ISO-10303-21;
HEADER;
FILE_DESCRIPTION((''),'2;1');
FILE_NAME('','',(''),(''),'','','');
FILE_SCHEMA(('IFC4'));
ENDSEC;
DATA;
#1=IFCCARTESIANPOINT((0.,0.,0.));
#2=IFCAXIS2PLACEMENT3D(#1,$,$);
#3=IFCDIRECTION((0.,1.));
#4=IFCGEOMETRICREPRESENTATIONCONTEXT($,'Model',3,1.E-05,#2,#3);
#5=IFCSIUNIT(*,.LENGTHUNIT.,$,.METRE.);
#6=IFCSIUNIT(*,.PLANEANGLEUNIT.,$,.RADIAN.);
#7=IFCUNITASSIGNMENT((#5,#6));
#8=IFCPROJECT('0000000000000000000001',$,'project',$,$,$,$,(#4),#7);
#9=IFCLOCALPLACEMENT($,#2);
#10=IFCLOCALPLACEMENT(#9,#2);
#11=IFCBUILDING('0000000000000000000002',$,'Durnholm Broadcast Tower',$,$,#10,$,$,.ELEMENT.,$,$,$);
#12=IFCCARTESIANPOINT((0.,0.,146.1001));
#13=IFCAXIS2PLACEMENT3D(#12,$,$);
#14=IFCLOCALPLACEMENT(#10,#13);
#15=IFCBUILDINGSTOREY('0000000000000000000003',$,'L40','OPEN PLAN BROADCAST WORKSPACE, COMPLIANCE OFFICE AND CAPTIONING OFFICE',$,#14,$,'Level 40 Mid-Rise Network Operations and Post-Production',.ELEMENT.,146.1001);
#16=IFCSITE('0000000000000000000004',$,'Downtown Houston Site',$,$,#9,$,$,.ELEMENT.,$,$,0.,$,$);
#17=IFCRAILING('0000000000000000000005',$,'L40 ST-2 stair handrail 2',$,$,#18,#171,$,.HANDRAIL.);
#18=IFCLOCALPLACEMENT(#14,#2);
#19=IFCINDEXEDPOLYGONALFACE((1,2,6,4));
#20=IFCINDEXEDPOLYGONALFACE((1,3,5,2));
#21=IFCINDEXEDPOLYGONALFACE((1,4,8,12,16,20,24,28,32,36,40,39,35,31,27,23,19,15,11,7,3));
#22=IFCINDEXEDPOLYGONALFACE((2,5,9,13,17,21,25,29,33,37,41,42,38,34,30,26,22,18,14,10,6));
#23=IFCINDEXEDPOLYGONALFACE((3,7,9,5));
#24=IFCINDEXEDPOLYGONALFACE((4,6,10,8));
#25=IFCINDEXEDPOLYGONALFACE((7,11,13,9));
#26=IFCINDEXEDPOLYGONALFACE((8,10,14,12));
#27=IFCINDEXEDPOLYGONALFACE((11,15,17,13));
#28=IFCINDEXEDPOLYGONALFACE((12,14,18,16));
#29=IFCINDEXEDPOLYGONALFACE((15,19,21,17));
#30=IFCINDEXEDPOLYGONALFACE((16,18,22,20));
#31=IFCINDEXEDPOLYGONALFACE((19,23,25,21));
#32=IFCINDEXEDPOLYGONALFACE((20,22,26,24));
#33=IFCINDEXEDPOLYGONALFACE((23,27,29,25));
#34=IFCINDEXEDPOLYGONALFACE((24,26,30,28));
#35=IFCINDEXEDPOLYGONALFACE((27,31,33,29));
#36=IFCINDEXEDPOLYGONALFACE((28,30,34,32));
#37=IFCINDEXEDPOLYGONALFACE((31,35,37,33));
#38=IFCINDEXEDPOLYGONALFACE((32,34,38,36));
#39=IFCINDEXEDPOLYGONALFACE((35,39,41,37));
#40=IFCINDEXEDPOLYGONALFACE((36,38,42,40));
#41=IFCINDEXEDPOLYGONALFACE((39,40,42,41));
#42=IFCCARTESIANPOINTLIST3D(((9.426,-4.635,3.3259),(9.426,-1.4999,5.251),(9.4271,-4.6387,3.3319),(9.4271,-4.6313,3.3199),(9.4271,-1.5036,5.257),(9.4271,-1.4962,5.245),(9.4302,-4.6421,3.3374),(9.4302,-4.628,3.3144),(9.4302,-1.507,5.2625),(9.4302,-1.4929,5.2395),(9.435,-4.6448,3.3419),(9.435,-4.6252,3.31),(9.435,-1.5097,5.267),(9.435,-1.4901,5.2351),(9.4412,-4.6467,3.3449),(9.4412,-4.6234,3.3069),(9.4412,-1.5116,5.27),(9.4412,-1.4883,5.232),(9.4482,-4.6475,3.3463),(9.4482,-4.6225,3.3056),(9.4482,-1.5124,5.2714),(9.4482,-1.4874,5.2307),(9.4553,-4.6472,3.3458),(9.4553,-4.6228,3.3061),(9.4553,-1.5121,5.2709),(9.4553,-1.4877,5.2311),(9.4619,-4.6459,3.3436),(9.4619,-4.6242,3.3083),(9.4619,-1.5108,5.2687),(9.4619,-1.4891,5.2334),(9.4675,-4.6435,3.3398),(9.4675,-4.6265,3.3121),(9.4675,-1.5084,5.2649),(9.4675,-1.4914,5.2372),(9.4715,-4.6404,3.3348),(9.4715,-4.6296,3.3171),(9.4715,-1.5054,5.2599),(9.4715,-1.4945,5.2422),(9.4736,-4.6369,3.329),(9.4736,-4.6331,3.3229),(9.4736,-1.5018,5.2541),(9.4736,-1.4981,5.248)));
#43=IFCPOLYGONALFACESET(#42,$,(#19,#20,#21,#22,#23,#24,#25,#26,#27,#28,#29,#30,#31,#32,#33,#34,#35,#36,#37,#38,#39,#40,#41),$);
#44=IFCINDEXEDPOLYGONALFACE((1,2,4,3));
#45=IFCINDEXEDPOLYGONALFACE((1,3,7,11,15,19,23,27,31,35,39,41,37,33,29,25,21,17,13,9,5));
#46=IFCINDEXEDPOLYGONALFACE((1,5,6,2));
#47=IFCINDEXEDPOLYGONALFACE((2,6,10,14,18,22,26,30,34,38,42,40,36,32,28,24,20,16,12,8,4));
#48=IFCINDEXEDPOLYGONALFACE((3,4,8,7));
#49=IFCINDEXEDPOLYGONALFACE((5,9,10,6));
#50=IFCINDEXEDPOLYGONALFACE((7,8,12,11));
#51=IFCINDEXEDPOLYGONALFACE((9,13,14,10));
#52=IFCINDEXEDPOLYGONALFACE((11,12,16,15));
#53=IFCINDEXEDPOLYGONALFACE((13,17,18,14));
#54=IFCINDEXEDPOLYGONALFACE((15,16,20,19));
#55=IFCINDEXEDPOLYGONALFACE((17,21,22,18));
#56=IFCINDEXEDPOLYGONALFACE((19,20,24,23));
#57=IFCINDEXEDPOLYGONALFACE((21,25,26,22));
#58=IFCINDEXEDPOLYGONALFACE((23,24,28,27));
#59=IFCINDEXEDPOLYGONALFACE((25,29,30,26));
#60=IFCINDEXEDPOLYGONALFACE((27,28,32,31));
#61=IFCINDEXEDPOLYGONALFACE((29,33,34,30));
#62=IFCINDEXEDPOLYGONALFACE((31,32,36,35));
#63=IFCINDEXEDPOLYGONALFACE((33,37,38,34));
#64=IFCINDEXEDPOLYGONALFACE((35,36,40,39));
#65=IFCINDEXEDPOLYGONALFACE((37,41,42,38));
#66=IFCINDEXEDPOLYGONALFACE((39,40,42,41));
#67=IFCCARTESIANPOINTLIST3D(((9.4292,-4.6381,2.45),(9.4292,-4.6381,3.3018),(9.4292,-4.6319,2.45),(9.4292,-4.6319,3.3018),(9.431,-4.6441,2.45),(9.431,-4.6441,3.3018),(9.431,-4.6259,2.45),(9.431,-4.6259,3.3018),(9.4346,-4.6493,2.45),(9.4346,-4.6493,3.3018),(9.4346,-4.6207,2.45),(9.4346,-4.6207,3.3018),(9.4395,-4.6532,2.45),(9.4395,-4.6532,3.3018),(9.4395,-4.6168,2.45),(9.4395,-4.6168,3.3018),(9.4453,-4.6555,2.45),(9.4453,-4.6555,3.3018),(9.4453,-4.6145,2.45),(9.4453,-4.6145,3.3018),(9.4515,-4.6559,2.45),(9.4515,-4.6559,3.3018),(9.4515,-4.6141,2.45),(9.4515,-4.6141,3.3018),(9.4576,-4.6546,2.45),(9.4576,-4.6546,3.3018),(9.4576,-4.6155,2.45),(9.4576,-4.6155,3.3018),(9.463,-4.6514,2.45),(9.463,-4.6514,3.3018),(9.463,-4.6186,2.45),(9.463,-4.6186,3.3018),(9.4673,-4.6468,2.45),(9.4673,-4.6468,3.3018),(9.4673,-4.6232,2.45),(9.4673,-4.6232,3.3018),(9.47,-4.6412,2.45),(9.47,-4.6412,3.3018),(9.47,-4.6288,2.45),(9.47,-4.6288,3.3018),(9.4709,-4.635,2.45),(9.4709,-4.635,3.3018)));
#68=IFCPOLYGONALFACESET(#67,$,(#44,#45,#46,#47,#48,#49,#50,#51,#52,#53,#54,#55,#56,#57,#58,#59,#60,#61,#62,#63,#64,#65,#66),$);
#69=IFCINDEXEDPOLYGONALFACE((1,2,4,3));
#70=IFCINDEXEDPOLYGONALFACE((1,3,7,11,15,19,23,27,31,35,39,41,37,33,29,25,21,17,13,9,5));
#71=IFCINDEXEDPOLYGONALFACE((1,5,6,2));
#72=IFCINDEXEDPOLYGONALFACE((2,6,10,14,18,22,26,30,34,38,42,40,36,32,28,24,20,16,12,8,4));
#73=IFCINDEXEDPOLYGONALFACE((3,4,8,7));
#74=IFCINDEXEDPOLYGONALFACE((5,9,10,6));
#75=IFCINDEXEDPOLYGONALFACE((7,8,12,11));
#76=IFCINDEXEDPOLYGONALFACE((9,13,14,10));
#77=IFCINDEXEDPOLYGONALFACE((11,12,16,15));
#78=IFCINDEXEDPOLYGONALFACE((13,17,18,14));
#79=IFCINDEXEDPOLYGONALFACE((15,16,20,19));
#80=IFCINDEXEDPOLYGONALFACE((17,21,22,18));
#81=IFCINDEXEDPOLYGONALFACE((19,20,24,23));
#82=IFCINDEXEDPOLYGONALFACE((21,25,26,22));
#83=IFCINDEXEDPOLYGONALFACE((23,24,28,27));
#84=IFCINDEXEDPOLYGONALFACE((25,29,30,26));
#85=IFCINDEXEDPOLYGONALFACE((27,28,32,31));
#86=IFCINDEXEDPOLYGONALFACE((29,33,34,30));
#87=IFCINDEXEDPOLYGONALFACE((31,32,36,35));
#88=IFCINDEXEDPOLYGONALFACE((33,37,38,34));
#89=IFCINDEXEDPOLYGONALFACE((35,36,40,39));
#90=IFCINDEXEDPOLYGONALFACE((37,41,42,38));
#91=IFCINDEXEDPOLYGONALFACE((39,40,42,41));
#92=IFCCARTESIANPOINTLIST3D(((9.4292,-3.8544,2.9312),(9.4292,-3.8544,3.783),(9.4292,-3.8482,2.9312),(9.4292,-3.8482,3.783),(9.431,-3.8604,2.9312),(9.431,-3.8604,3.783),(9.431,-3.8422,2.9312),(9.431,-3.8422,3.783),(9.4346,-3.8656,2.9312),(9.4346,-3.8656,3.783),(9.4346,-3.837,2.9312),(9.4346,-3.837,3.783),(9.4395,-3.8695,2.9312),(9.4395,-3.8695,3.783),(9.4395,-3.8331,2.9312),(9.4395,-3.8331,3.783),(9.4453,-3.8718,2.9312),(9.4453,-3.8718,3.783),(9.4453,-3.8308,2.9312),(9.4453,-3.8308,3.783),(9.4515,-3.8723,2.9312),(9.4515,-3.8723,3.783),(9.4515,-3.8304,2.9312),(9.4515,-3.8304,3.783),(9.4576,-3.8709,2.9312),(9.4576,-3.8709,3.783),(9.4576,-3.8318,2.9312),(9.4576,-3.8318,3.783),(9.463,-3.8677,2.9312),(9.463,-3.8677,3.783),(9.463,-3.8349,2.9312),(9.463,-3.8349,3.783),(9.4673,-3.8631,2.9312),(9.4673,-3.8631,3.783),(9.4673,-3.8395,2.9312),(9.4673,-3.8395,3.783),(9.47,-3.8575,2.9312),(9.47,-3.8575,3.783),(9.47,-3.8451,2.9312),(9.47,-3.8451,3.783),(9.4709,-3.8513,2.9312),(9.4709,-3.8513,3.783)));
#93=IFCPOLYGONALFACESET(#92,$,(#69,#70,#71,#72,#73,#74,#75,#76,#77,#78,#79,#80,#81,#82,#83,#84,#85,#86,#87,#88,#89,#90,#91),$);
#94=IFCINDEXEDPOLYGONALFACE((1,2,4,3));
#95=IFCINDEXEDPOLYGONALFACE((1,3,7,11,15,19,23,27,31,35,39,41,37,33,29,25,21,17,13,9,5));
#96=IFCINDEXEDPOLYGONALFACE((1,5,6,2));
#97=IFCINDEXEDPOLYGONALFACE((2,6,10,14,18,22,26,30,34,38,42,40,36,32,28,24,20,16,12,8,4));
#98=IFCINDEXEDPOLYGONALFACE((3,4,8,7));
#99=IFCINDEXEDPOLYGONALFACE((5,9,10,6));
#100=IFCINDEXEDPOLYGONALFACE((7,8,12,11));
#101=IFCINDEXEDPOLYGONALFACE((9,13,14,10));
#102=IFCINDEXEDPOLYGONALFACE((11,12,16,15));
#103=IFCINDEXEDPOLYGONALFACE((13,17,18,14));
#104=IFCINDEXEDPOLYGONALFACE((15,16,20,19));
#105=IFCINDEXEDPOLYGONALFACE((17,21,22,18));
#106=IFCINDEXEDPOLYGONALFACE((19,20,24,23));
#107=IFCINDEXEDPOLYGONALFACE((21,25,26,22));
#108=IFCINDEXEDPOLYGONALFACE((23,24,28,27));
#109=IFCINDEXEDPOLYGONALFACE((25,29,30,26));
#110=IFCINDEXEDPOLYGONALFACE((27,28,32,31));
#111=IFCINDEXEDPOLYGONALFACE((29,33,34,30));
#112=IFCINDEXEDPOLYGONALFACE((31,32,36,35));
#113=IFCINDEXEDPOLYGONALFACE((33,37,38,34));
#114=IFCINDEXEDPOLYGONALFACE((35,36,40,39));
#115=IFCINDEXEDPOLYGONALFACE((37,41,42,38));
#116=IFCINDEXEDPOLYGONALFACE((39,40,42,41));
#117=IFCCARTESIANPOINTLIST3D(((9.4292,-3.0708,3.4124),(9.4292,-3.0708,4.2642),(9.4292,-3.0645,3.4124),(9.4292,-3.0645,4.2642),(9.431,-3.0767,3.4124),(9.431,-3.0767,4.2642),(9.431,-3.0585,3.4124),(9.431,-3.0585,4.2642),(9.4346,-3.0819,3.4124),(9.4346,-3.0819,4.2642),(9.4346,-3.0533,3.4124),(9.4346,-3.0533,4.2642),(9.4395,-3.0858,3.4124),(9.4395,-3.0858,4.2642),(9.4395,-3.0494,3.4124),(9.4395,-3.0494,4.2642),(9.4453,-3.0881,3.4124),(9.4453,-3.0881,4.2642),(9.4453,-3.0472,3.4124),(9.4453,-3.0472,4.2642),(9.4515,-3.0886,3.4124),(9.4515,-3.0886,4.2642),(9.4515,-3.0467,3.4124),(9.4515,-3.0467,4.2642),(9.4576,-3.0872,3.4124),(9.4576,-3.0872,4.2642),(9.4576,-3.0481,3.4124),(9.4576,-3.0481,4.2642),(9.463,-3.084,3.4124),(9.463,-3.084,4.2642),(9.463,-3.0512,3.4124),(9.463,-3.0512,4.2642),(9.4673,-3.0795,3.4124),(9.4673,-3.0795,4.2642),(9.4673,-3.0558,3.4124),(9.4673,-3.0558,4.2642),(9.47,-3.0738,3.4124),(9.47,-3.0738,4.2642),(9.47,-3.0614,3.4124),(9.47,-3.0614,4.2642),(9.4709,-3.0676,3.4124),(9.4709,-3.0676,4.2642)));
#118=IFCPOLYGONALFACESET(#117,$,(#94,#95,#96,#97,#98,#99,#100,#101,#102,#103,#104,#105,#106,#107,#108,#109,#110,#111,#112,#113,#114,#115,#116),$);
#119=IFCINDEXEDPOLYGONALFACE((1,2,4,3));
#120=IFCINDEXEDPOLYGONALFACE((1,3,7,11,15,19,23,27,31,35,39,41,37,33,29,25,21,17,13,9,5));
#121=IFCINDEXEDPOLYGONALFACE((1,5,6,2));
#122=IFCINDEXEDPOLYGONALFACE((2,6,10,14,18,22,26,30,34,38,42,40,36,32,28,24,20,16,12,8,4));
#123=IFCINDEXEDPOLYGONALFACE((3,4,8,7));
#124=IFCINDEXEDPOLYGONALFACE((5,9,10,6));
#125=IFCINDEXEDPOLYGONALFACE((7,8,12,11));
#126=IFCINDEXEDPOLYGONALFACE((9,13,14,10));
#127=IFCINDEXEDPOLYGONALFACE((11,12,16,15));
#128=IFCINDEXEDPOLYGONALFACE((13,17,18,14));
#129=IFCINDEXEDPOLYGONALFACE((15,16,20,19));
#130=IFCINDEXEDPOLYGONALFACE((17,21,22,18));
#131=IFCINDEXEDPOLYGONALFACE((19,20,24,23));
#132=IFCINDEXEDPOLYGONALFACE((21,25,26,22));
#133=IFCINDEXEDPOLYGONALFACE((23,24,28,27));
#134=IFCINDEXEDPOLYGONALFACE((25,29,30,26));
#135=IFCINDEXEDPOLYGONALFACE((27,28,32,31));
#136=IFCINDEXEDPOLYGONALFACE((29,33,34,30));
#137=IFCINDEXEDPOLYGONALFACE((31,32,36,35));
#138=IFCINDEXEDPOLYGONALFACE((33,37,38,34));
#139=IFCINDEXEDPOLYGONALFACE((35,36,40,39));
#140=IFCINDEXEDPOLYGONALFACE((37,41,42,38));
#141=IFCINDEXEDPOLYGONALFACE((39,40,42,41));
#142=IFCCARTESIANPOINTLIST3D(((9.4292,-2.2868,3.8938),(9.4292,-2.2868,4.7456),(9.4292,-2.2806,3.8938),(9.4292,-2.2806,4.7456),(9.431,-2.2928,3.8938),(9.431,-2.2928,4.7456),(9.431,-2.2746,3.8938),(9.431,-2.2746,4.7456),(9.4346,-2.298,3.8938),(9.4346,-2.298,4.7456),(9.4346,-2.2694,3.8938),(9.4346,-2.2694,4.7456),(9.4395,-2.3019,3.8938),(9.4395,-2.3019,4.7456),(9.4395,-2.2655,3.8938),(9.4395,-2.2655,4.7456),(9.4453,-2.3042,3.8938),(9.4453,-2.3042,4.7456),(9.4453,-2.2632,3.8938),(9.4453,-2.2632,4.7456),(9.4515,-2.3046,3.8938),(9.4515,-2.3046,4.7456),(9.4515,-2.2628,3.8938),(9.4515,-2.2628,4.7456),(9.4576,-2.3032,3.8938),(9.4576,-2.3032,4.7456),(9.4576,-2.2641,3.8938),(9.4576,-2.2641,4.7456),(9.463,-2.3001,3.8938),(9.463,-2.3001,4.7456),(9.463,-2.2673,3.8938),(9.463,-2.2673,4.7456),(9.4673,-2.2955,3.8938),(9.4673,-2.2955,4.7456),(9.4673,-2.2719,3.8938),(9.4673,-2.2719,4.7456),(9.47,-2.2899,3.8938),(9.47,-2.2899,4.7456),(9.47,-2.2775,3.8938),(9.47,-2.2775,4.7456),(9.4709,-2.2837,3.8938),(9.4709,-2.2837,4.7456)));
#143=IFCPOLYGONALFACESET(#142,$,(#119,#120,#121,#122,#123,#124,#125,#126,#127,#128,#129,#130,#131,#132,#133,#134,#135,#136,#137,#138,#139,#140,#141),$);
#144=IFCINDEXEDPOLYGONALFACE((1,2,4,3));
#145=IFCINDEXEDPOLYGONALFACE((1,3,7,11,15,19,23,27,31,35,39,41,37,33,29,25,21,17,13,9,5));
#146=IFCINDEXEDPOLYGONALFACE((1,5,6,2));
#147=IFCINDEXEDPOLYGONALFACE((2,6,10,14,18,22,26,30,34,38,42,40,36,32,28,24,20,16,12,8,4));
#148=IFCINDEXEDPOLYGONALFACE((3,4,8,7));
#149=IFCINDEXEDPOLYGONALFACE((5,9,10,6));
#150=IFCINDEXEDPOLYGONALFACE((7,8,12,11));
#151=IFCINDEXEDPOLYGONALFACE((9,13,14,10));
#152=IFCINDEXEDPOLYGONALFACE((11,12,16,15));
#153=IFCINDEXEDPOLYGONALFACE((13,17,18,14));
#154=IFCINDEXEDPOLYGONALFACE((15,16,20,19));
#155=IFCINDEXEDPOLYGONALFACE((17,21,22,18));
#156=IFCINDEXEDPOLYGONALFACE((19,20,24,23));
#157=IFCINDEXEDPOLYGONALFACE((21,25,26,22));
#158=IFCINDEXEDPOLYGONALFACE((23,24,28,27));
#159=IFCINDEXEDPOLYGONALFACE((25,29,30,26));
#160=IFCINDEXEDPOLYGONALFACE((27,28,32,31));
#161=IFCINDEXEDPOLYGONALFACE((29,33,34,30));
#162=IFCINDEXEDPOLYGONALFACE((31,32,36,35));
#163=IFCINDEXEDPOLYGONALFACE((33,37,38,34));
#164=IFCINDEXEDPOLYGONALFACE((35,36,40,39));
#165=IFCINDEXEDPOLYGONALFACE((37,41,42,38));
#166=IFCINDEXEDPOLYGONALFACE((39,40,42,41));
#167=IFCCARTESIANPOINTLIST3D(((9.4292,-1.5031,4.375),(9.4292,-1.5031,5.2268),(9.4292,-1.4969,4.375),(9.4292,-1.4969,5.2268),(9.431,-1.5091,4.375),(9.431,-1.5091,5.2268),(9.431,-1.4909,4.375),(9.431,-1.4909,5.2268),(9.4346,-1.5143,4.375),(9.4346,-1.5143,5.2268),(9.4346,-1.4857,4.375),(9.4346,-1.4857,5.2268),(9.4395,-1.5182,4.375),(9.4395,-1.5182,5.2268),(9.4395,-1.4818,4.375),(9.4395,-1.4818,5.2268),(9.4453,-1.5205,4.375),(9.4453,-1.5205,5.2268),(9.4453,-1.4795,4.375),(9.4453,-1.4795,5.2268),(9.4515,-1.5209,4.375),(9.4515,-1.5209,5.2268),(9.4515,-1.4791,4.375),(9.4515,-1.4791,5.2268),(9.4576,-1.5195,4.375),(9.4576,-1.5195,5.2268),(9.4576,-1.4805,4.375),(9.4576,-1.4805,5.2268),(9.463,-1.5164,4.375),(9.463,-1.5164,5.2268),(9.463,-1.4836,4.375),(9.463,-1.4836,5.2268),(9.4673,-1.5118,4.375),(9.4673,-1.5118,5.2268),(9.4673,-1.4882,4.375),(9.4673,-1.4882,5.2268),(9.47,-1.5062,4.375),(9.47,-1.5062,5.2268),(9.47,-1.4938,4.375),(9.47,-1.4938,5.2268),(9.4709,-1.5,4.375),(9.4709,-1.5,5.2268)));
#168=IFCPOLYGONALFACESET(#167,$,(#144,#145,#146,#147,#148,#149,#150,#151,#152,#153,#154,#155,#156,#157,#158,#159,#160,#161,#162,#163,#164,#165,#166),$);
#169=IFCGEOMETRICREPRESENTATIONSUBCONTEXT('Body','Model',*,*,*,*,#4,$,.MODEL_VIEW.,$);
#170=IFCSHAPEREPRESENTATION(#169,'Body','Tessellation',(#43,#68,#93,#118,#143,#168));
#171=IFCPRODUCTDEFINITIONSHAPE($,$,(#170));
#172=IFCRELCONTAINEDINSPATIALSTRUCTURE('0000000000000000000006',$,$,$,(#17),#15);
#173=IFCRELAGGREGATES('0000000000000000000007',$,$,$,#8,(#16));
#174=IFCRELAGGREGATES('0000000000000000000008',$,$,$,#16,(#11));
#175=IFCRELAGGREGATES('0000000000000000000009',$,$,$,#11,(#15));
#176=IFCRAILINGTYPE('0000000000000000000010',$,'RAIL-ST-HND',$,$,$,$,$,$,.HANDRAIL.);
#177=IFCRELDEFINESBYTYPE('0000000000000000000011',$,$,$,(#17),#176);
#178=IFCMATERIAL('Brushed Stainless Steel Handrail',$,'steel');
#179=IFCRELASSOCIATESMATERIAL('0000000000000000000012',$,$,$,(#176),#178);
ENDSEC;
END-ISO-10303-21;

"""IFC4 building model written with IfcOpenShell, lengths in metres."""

from ifc_helpers import new_model, si_unit, direction, frame, origin, origin_2d, place, context, subcontext, project, spatial, circle, extrude, material, type_object, element, save


model = new_model("IFC4")

# Units and contexts
model_context = context("Model", 3, precision=1e-05, world=origin(), true_north=direction((0.0, 1.0)))
body_context = subcontext(model_context, "Body", "Model", "MODEL_VIEW")
ifc_project = project(units=[si_unit("LENGTHUNIT", "METRE"), si_unit("PLANEANGLEUNIT", "RADIAN")], contexts=[model_context])

# Site, building, storey
site_placement = place(None, origin())
site = spatial("IfcSite", under=ifc_project, at=site_placement, Name="Downtown Houston Site", CompositionType="ELEMENT", RefElevation=0.0)
building_placement = place(site_placement, origin())
building = spatial("IfcBuilding", under=site, at=building_placement, Name="Durnholm Broadcast Tower", CompositionType="ELEMENT")
storey_placement = place(building_placement, frame((0.0, 0.0, 146.1001)))
storey = spatial("IfcBuildingStorey", under=building, at=storey_placement, Name="L40", Description="OPEN PLAN BROADCAST WORKSPACE, COMPLIANCE OFFICE AND CAPTIONING OFFICE", LongName="Level 40 Mid-Rise Network Operations and Post-Production", CompositionType="ELEMENT", Elevation=146.1001)

# Railing
ifc_material_1 = material(Name="Brushed Stainless Steel Handrail", Category="steel")
railing_type_1 = type_object("IfcRailingType", Name="RAIL-ST-HND", PredefinedType="HANDRAIL", material=ifc_material_1)
railing_1_placement = place(storey_placement, frame((9.45, -4.635, 2.45)))
element("IfcRailing", 1, at=railing_1_placement, inside=storey, type_object=railing_type_1, Name="L40 ST-2 stair handrail 2", PredefinedType="HANDRAIL", context=body_context, shape_type="SweptSolid", body=[
    extrude(circle(Radius=0.0239, at=origin_2d()), frame((0.0, 0.0, 0.876), z_axis=(0.0, 0.852166, 0.523271), x_axis=(-1.0, 0.0, 0.0)), (0.0, 0.0, 1.0), 3.679),
    extrude(circle(Radius=0.021, at=origin_2d()), origin(), (0.0, 0.0, 1.0), 0.8518),
    extrude(circle(Radius=0.021, at=origin_2d()), frame((0.0, 0.7837, 0.4812)), (0.0, 0.0, 1.0), 0.8518),
    extrude(circle(Radius=0.021, at=origin_2d()), frame((0.0, 1.5674, 0.9624)), (0.0, 0.0, 1.0), 0.8518),
    extrude(circle(Radius=0.021, at=origin_2d()), frame((0.0, 2.3513, 1.4438)), (0.0, 0.0, 1.0), 0.8518),
    extrude(circle(Radius=0.021, at=origin_2d()), frame((0.0, 3.135, 1.925)), (0.0, 0.0, 1.0), 0.8518),
])

save(model, "model.ifc")
